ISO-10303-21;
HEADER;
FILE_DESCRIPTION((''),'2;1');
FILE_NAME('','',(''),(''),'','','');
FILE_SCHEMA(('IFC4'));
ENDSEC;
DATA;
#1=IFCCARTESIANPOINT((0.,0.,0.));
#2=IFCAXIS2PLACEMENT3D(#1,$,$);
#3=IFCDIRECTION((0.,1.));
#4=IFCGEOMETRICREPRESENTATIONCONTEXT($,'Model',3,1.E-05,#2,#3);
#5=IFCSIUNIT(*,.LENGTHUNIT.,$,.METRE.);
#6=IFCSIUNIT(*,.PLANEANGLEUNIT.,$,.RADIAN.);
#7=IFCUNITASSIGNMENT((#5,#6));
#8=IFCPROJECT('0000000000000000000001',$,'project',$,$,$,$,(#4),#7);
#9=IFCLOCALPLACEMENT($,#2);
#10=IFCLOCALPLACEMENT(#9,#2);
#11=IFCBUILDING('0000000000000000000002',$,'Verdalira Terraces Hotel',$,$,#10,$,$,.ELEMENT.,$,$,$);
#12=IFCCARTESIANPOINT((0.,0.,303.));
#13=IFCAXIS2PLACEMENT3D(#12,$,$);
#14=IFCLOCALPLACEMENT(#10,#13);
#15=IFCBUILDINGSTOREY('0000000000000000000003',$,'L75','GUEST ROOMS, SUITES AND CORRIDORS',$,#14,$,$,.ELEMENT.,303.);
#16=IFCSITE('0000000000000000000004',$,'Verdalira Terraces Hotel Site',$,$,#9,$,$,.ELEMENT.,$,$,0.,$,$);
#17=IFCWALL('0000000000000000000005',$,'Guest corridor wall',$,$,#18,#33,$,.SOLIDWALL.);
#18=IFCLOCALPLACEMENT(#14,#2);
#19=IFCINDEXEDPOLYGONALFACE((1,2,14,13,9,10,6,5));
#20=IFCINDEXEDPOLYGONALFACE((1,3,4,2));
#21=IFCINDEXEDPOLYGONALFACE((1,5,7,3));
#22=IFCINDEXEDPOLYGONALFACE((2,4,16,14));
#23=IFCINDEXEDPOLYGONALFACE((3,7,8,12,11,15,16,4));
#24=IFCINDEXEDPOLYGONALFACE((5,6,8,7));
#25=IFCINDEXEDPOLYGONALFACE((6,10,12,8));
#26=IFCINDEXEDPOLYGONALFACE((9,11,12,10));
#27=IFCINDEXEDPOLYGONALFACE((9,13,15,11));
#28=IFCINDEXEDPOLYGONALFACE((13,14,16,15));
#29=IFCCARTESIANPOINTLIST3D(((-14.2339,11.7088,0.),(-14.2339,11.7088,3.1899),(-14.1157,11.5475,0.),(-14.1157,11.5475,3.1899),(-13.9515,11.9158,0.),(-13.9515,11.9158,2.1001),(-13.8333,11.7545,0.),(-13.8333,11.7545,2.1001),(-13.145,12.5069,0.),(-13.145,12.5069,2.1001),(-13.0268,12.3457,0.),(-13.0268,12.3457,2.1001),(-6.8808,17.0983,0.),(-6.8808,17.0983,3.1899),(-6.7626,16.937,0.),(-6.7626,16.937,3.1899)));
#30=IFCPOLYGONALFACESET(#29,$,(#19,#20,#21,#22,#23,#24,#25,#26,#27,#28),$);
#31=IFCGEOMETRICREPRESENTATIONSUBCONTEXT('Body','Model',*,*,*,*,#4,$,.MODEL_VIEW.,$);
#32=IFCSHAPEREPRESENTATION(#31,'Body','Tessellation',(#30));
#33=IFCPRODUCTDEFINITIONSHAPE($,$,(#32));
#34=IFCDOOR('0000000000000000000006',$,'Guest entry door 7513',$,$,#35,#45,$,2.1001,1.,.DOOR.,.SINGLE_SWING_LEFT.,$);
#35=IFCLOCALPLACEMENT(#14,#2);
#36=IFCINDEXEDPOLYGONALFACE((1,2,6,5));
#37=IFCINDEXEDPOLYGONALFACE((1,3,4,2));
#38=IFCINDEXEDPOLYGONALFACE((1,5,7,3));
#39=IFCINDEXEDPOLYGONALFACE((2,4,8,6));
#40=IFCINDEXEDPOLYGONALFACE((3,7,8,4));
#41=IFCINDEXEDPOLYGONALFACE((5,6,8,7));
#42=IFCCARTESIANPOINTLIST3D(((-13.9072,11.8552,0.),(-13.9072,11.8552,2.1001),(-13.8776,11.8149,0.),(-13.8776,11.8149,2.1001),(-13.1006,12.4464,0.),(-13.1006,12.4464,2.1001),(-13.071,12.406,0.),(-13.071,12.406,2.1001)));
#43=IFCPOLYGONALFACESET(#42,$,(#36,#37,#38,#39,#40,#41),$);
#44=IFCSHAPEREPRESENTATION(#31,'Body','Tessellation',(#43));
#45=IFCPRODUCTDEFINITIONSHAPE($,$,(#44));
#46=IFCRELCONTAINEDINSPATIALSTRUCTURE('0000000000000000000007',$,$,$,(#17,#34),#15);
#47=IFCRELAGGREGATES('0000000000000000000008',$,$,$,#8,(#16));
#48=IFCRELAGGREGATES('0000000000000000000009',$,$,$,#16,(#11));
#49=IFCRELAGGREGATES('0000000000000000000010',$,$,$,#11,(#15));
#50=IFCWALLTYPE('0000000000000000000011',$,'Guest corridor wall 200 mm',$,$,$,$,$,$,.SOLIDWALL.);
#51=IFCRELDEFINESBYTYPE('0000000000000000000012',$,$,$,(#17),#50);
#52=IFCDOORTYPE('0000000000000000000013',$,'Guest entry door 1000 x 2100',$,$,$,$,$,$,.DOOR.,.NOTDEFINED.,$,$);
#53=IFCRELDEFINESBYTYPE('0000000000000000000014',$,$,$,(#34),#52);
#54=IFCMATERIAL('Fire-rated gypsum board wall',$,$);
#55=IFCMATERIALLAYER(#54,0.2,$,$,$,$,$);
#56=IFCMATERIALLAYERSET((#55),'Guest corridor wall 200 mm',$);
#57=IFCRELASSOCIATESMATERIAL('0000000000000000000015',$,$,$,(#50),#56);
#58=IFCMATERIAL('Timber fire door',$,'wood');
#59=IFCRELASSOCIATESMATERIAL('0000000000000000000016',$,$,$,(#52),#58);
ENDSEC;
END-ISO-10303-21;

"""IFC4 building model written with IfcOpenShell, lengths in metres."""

from ifc_helpers import new_model, si_unit, direction, frame, frame_2d, origin, place, context, subcontext, project, spatial, rectangle, extrude, material, layer, layer_set, type_object, element, fill, save


model = new_model("IFC4")

# Units and contexts
model_context = context("Model", 3, precision=1e-05, world=origin(), true_north=direction((0.0, 1.0)))
body_context = subcontext(model_context, "Body", "Model", "MODEL_VIEW")
ifc_project = project(units=[si_unit("LENGTHUNIT", "METRE"), si_unit("PLANEANGLEUNIT", "RADIAN")], contexts=[model_context])

# Site, building, storey
site_placement = place(None, origin())
site = spatial("IfcSite", under=ifc_project, at=site_placement, Name="Verdalira Terraces Hotel Site", CompositionType="ELEMENT", RefElevation=0.0)
building_placement = place(site_placement, origin())
building = spatial("IfcBuilding", under=site, at=building_placement, Name="Verdalira Terraces Hotel", CompositionType="ELEMENT")
storey_placement = place(building_placement, frame((0.0, 0.0, 303.0)))
storey = spatial("IfcBuildingStorey", under=building, at=storey_placement, Name="L75", Description="GUEST ROOMS, SUITES AND CORRIDORS", CompositionType="ELEMENT", Elevation=303.0)

# Wall, opening, door
ifc_material_1 = material(Name="Fire-rated gypsum board wall")
ifc_layer_1 = layer(ifc_material_1, 0.2)
ifc_layer_set_1 = layer_set([ifc_layer_1], Name="Guest corridor wall 200 mm")
wall_type_1 = type_object("IfcWallType", Name="Guest corridor wall 200 mm", PredefinedType="SOLIDWALL", material=ifc_layer_set_1)
wall_1_placement = place(storey_placement, frame((-14.1748, 11.6282, 0.0), z_axis=(0.0, 0.0, 1.0), x_axis=(0.806552, 0.591163, 0.0)))
wall_1 = element("IfcWall", 1, at=wall_1_placement, inside=storey, type_object=wall_type_1, Name="Guest corridor wall", PredefinedType="SOLIDWALL", context=body_context, shape_type="SweptSolid", body=[
    extrude(rectangle(XDim=9.1167, YDim=0.2, at=frame_2d((4.5583, 0.0))), origin(), (0.0, 0.0, 1.0), 3.1899),
])
opening_1_placement = place(wall_1_placement, frame((0.3501, 0.0, 0.0)))
opening_1 = element("IfcOpeningElement", 2, at=opening_1_placement, cuts=wall_1, PredefinedType="OPENING", context=body_context, shape_type="SweptSolid", body=[
    extrude(rectangle(XDim=1.0, YDim=2.1001, at=frame_2d((0.5, 1.05))), frame((0.0, 0.1099, 0.0), z_axis=(0.0, -1.0, 0.0), x_axis=(1.0, 0.0, 0.0)), (0.0, 0.0, 1.0), 0.22),
])
ifc_material_2 = material(Name="Timber fire door", Category="wood")
door_type_1 = type_object("IfcDoorType", Name="Guest entry door 1000 x 2100", OperationType="NOTDEFINED", PredefinedType="DOOR", material=ifc_material_2)
door_1_placement = place(opening_1_placement, origin())
door_1 = element("IfcDoor", 3, at=door_1_placement, inside=storey, type_object=door_type_1, Name="Guest entry door 7513", OperationType="SINGLE_SWING_LEFT", OverallHeight=2.1001, OverallWidth=1.0, PredefinedType="DOOR", context=body_context, shape_type="SweptSolid", body=[
    extrude(rectangle(XDim=1.0, YDim=2.1001, at=frame_2d((0.5, 1.05))), frame((0.0, 0.0249, 0.0), z_axis=(0.0, -1.0, 0.0), x_axis=(1.0, 0.0, 0.0)), (0.0, 0.0, 1.0), 0.05),
])
fill(opening_1, door_1)

save(model, "model.ifc")
